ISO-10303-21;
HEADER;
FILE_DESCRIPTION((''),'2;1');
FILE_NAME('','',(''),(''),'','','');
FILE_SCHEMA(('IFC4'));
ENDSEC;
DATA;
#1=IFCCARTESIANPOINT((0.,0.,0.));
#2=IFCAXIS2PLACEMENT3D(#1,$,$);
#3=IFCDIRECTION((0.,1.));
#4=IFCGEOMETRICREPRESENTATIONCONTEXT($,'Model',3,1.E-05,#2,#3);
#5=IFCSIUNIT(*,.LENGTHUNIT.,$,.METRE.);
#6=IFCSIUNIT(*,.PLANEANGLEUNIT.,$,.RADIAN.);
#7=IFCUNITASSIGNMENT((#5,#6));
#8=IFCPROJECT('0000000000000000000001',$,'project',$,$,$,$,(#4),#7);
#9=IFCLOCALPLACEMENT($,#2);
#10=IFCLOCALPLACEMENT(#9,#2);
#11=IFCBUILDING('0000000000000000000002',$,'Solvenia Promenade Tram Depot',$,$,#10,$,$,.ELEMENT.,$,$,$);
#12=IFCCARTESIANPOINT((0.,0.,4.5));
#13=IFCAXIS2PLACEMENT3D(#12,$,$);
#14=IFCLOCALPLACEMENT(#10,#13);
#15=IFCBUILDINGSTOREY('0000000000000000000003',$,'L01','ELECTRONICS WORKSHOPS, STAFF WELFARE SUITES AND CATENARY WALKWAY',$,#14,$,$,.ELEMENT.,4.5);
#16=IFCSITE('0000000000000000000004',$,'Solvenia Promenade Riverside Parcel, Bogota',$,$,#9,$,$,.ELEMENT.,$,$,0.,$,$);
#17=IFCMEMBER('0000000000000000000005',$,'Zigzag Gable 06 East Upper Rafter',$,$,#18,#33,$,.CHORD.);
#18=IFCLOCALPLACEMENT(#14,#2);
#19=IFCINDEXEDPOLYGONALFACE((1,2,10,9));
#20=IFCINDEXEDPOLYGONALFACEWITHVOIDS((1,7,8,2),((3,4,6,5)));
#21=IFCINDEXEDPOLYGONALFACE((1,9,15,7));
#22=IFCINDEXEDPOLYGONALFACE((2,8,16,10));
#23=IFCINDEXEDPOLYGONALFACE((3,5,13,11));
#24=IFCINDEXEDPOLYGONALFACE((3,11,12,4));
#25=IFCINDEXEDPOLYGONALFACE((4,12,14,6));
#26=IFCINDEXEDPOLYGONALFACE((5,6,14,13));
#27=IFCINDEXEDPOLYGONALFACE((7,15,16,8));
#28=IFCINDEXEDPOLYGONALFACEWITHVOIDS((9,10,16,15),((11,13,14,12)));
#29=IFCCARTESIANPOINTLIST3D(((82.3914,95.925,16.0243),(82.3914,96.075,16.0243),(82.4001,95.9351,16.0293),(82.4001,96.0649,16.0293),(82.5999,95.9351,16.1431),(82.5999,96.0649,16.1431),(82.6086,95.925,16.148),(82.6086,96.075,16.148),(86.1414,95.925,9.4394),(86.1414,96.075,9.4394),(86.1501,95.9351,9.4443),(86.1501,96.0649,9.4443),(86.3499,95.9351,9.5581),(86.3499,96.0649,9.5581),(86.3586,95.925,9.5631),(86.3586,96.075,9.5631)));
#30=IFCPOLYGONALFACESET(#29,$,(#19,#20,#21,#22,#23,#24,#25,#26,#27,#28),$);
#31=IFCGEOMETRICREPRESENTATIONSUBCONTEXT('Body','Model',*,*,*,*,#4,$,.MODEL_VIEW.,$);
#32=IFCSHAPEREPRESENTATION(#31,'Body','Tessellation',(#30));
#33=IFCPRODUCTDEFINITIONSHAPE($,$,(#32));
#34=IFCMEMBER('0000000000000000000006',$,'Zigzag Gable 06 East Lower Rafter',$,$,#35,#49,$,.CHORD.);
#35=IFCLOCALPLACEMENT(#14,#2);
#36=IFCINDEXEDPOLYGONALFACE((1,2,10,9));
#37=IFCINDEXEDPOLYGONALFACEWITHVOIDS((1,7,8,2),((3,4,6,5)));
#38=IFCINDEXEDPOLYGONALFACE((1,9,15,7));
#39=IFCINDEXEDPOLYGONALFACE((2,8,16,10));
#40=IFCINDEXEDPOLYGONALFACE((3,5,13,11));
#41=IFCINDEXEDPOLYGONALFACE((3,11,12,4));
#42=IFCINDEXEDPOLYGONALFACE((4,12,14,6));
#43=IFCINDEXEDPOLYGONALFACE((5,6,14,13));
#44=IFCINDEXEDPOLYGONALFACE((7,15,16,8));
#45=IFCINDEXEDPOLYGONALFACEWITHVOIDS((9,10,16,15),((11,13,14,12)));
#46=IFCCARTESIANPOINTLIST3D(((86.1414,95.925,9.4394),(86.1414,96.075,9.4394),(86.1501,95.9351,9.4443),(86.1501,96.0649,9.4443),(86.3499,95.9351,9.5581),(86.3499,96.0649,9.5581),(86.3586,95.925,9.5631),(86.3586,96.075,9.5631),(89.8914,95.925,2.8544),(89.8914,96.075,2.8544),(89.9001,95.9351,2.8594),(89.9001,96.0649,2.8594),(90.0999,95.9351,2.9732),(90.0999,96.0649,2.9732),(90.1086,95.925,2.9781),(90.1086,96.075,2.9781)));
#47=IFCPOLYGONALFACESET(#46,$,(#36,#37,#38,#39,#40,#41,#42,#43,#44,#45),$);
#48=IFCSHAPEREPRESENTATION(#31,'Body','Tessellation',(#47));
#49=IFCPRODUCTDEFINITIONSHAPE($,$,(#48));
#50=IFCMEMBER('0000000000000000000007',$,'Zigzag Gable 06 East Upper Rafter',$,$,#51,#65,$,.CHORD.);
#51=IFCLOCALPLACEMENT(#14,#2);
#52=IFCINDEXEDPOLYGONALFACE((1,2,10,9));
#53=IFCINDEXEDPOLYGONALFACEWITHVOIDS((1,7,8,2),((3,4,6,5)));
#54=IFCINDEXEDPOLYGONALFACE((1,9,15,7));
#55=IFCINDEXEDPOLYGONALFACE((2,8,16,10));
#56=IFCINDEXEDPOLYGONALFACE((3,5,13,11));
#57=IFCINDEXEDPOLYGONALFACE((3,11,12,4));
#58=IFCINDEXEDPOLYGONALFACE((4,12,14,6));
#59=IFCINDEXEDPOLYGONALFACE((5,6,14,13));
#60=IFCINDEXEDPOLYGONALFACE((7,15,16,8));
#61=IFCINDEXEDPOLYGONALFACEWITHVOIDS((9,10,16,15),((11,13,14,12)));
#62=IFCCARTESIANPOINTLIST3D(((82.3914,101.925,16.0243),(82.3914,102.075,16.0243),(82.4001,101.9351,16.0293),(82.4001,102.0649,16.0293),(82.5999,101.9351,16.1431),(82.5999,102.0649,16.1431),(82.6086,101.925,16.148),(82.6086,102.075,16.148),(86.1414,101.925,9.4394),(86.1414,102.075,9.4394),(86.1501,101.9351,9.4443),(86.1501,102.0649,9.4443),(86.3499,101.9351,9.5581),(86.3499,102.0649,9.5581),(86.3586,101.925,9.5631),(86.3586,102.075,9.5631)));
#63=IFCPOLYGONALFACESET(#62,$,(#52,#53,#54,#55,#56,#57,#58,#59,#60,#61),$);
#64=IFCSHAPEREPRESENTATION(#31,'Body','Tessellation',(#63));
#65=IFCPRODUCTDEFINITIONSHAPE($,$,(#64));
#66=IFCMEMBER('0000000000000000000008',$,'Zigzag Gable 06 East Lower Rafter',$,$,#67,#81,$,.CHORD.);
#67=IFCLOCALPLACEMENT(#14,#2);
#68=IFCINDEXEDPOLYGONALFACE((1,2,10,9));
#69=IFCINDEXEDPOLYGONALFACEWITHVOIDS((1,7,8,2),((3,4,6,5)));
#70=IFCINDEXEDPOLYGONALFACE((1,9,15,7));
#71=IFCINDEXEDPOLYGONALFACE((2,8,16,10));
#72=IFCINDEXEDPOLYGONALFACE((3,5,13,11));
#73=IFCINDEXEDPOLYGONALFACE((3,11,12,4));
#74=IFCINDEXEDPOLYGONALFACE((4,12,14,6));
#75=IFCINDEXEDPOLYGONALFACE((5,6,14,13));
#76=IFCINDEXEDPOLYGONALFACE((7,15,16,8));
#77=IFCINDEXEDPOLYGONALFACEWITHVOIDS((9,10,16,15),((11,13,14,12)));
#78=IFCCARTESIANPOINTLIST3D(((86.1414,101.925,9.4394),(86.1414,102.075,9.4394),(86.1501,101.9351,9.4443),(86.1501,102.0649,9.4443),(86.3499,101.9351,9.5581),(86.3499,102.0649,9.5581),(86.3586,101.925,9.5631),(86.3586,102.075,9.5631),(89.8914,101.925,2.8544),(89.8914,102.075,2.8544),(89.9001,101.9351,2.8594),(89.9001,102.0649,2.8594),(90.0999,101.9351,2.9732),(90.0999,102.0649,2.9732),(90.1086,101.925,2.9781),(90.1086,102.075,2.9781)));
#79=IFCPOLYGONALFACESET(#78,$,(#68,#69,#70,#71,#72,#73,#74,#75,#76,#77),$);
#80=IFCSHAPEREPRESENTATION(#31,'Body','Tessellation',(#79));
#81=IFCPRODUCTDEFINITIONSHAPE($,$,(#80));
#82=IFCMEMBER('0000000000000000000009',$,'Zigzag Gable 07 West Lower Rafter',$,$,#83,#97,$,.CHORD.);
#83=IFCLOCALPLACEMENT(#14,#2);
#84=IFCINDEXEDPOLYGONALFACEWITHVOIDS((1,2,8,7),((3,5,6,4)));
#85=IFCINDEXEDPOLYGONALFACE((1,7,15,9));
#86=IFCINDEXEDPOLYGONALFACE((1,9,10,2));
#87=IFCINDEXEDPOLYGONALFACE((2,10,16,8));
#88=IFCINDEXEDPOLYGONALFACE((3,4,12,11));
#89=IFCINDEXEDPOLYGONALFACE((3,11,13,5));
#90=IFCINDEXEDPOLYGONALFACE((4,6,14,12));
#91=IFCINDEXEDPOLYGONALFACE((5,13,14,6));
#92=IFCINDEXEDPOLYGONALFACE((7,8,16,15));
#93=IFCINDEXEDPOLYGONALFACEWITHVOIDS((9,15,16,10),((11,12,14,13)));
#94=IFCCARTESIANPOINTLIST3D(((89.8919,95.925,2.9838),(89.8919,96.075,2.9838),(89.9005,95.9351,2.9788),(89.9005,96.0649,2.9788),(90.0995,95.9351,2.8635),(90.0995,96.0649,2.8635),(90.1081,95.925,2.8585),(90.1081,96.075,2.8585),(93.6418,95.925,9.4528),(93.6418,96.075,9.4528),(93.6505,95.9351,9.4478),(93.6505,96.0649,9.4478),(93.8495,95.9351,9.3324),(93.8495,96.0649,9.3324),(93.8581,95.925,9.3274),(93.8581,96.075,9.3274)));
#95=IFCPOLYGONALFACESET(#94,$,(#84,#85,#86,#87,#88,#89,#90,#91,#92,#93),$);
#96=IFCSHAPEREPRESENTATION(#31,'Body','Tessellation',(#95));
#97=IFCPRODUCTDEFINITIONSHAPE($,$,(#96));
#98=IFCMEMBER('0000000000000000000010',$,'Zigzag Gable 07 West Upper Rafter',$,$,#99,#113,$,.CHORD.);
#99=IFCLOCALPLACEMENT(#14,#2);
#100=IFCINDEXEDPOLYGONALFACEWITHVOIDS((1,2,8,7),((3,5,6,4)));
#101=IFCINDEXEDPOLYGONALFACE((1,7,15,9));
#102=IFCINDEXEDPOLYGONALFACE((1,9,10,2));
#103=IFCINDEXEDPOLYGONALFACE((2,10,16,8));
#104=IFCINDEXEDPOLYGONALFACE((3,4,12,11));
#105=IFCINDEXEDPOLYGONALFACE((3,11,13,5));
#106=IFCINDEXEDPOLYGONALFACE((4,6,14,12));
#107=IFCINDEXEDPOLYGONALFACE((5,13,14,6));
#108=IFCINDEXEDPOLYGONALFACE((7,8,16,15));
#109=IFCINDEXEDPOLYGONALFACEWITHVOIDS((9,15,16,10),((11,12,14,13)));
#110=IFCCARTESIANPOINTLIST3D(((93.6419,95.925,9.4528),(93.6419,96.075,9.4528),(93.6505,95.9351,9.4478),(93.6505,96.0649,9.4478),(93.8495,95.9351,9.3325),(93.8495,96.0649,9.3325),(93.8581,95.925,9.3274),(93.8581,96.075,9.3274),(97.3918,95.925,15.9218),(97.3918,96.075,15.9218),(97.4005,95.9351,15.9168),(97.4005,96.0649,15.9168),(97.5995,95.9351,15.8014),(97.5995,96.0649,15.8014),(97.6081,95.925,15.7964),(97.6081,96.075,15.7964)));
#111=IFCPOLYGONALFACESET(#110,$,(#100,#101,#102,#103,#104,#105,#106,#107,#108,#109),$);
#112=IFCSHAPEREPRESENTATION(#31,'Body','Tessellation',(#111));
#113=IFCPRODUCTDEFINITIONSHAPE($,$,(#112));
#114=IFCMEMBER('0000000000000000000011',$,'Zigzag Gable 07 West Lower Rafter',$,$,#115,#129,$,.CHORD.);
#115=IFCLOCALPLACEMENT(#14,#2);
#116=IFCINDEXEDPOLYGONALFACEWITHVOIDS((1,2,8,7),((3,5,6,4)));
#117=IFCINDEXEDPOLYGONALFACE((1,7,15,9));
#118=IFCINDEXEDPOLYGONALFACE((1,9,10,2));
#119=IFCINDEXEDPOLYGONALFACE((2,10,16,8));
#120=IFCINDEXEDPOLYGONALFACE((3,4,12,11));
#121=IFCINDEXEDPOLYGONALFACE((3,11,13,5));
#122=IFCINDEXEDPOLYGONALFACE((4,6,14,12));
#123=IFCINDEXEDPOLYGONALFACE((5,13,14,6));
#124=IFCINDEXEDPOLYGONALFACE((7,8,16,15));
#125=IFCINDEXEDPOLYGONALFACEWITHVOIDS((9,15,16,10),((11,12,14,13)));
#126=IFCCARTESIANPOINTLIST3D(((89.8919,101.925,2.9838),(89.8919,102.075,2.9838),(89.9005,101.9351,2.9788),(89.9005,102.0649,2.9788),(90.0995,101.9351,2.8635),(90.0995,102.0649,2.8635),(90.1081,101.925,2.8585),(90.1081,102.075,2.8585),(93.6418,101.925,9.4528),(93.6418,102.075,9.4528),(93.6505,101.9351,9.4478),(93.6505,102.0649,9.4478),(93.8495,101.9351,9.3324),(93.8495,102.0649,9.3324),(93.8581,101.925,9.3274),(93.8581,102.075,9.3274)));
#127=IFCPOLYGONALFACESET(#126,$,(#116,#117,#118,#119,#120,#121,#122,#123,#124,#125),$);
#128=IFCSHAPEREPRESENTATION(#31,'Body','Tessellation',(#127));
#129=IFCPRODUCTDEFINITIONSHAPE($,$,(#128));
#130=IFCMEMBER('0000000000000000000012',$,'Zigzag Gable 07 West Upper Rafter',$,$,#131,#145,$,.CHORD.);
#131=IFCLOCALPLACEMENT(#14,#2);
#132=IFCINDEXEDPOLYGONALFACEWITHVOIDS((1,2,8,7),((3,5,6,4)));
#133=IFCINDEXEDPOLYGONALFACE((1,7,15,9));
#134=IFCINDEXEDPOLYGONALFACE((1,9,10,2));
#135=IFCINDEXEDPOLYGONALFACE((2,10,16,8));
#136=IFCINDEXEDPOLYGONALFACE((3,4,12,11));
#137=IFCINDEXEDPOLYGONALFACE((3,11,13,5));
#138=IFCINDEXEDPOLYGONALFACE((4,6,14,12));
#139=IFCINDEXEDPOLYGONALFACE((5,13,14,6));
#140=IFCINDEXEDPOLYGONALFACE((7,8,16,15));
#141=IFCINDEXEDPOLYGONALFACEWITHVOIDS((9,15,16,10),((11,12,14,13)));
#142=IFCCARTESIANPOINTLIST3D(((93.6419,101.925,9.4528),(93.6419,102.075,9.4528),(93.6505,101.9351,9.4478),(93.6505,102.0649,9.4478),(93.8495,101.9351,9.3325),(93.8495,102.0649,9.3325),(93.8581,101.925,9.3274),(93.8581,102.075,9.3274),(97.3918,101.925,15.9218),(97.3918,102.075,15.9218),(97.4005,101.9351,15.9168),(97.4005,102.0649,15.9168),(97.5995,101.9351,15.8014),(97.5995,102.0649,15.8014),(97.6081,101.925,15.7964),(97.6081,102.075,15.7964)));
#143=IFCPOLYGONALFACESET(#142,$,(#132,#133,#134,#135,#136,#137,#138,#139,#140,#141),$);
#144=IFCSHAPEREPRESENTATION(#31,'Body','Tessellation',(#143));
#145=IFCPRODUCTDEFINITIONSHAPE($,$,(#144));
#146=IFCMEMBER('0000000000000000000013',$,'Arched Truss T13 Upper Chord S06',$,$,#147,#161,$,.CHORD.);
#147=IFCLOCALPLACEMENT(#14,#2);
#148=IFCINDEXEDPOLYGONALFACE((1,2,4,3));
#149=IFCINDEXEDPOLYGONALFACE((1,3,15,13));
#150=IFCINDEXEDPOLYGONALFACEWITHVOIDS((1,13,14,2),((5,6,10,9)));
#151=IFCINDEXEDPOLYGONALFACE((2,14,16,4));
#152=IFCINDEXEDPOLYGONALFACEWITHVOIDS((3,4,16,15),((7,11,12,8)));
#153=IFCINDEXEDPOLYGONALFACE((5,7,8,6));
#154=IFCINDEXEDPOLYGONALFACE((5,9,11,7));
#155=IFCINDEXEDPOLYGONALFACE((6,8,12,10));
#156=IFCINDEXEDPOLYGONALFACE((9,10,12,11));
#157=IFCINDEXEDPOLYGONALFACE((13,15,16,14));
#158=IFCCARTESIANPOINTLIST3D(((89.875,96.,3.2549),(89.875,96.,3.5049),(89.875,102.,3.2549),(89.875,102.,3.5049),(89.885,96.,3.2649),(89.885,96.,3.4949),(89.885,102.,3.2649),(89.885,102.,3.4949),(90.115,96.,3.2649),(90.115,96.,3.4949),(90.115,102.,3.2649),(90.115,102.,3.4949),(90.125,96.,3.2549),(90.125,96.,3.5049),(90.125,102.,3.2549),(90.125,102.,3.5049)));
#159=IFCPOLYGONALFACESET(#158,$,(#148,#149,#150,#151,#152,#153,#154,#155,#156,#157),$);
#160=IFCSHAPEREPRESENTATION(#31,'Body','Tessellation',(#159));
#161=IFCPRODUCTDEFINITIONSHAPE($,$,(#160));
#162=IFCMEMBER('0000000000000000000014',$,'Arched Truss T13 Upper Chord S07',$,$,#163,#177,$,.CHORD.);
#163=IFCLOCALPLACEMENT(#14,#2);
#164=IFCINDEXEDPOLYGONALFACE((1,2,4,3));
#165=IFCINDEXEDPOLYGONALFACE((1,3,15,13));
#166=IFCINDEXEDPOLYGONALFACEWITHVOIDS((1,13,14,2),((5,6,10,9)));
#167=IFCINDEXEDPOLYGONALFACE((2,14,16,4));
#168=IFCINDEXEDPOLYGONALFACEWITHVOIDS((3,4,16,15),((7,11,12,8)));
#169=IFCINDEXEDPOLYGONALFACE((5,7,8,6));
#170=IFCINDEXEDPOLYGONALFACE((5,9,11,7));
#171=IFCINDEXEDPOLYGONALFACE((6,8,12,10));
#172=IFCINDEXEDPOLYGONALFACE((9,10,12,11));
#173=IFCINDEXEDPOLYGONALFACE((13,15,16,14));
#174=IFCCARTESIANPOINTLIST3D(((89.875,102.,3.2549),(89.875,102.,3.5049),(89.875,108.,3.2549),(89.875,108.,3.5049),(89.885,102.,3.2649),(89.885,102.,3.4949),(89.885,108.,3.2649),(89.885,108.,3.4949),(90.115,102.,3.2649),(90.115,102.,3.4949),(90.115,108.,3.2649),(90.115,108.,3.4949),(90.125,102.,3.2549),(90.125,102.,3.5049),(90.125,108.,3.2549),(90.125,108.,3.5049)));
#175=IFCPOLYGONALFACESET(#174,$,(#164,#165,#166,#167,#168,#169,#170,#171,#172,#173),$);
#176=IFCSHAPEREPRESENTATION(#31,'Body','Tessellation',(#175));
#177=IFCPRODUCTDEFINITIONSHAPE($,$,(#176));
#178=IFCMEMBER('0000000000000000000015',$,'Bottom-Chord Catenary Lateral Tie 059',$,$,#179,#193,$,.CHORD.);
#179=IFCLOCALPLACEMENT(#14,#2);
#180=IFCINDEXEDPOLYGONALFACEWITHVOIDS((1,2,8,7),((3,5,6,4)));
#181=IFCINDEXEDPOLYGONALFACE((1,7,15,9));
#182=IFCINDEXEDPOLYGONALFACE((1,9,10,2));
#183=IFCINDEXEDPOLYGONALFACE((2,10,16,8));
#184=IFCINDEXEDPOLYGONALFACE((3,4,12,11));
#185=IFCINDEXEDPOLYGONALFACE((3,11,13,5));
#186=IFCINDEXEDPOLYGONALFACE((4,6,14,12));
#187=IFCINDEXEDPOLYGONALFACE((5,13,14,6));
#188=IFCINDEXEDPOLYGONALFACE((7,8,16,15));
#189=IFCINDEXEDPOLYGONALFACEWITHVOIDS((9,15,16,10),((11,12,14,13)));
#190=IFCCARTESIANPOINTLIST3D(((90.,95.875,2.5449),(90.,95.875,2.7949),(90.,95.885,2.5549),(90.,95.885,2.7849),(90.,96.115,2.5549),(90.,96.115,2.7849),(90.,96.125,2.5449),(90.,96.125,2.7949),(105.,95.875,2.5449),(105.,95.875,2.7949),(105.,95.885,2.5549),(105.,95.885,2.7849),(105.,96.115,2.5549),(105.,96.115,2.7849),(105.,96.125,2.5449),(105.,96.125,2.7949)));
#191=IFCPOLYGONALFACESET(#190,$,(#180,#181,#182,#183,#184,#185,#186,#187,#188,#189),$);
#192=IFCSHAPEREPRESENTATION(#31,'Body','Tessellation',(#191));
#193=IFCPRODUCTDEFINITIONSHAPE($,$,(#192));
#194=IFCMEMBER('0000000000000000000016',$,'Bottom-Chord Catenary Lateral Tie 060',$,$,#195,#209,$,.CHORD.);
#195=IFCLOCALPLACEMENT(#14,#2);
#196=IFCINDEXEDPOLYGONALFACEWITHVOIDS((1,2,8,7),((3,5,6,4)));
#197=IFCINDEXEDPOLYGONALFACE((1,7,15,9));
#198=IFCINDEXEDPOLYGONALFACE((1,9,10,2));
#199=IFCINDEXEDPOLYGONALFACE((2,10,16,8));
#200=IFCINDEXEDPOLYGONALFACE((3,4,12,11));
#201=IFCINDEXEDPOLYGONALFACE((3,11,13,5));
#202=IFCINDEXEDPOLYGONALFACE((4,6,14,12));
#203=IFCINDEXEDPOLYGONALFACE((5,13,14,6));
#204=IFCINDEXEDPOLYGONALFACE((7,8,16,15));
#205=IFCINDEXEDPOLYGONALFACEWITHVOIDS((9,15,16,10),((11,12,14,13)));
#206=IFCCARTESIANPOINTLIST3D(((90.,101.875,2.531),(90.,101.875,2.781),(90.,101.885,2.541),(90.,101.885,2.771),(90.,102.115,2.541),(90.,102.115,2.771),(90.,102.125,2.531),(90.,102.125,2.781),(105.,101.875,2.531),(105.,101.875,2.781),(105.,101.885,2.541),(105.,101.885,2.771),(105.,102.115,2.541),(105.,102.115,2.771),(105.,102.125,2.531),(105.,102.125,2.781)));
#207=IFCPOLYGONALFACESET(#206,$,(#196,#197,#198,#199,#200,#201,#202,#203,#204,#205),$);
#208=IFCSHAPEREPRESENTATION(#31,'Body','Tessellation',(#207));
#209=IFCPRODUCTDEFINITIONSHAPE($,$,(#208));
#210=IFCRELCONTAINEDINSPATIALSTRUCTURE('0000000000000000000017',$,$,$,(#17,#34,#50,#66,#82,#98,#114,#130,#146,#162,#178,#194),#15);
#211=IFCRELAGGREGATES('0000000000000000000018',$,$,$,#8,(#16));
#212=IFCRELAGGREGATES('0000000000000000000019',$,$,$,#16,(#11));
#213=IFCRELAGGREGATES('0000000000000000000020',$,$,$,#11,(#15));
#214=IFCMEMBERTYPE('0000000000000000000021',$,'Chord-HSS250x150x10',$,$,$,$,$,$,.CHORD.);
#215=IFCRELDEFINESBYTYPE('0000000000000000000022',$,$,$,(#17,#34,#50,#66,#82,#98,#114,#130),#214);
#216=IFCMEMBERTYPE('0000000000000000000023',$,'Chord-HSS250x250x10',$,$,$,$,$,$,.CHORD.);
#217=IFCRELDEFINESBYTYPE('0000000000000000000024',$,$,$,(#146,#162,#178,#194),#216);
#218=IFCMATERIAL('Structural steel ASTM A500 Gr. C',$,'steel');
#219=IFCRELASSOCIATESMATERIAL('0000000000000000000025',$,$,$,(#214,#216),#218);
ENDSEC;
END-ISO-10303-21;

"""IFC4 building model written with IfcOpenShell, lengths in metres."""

from ifc_helpers import new_model, si_unit, direction, frame, origin, origin_2d, place, context, subcontext, project, spatial, hollow_rectangle, extrude, material, material_profile, profile_set, type_object, element, save


model = new_model("IFC4")

# Units and contexts
model_context = context("Model", 3, precision=1e-05, world=origin(), true_north=direction((0.0, 1.0)))
body_context = subcontext(model_context, "Body", "Model", "MODEL_VIEW")
ifc_project = project(units=[si_unit("LENGTHUNIT", "METRE"), si_unit("PLANEANGLEUNIT", "RADIAN")], contexts=[model_context])

# Site, building, storey
site_placement = place(None, origin())
site = spatial("IfcSite", under=ifc_project, at=site_placement, Name="Solvenia Promenade Riverside Parcel, Bogota", CompositionType="ELEMENT", RefElevation=0.0)
building_placement = place(site_placement, origin())
building = spatial("IfcBuilding", under=site, at=building_placement, Name="Solvenia Promenade Tram Depot", CompositionType="ELEMENT")
storey_placement = place(building_placement, frame((0.0, 0.0, 4.5)))
storey = spatial("IfcBuildingStorey", under=building, at=storey_placement, Name="L01", Description="ELECTRONICS WORKSHOPS, STAFF WELFARE SUITES AND CATENARY WALKWAY", CompositionType="ELEMENT", Elevation=4.5)

# Members
ifc_material_1 = material(Name="Structural steel ASTM A500 Gr. C", Category="steel")
ifc_material_profile_1 = material_profile(ifc_material_1, hollow_rectangle(XDim=0.1499, YDim=0.25, WallThickness=0.01, at=origin_2d()), Name="HSS250x150x10", Category="steel")
ifc_profile_set_1 = profile_set([ifc_material_profile_1], Name="Structural steel ASTM A500 Gr. C")
member_type_1 = type_object("IfcMemberType", Name="Chord-HSS250x150x10", PredefinedType="CHORD", material=ifc_profile_set_1)
for number, where, z_axis, x_axis, name in (
    (1, (82.5, 96.0, 16.0862), (0.494862, 0.0, -0.868972), (0.0, 1.0, 0.0), "Zigzag Gable 06 East Upper Rafter"),
    (2, (86.25, 96.0, 9.5012), (0.494862, 0.0, -0.868972), (0.0, 1.0, 0.0), "Zigzag Gable 06 East Lower Rafter"),
    (3, (82.5, 102.0, 16.0862), (0.494862, 0.0, -0.868972), (0.0, 1.0, 0.0), "Zigzag Gable 06 East Upper Rafter"),
    (4, (86.25, 102.0, 9.5012), (0.494862, 0.0, -0.868972), (0.0, 1.0, 0.0), "Zigzag Gable 06 East Lower Rafter"),
):
    element("IfcMember", number, at=place(storey_placement, frame(where, z_axis=z_axis, x_axis=x_axis)), inside=storey, type_object=member_type_1, Name=name, PredefinedType="CHORD", context=body_context, shape_type="SweptSolid", body=[
        extrude(hollow_rectangle(XDim=0.1499, YDim=0.25, WallThickness=0.01, at=origin_2d()), origin(), (0.0, 0.0, 1.0), 7.5779),
    ])
for number, where, z_axis, x_axis, name in (
    (5, (90.0, 96.0, 2.9211), (0.501516, 0.0, 0.865148), (0.0, 1.0, 0.0), "Zigzag Gable 07 West Lower Rafter"),
    (6, (93.75, 96.0, 9.3901), (0.501516, 0.0, 0.865148), (0.0, 1.0, 0.0), "Zigzag Gable 07 West Upper Rafter"),
    (7, (90.0, 102.0, 2.9211), (0.501516, 0.0, 0.865148), (0.0, 1.0, 0.0), "Zigzag Gable 07 West Lower Rafter"),
    (8, (93.75, 102.0, 9.3901), (0.501516, 0.0, 0.865148), (0.0, 1.0, 0.0), "Zigzag Gable 07 West Upper Rafter"),
):
    element("IfcMember", number, at=place(storey_placement, frame(where, z_axis=z_axis, x_axis=x_axis)), inside=storey, type_object=member_type_1, Name=name, PredefinedType="CHORD", context=body_context, shape_type="SweptSolid", body=[
        extrude(hollow_rectangle(XDim=0.1499, YDim=0.25, WallThickness=0.01, at=origin_2d()), origin(), (0.0, 0.0, 1.0), 7.4773),
    ])
ifc_material_profile_2 = material_profile(ifc_material_1, hollow_rectangle(XDim=0.25, YDim=0.25, WallThickness=0.01, at=origin_2d()), Name="HSS250x250x10", Category="steel")
ifc_profile_set_2 = profile_set([ifc_material_profile_2], Name="Structural steel ASTM A500 Gr. C")
member_type_2 = type_object("IfcMemberType", Name="Chord-HSS250x250x10", PredefinedType="CHORD", material=ifc_profile_set_2)
for number, where, z_axis, x_axis, name in (
    (9, (90.0, 96.0, 3.3799), (0.0, 1.0, 0.0), (-1.0, 0.0, 0.0), "Arched Truss T13 Upper Chord S06"),
    (10, (90.0, 102.0, 3.3799), (0.0, 1.0, 0.0), (-1.0, 0.0, 0.0), "Arched Truss T13 Upper Chord S07"),
):
    element("IfcMember", number, at=place(storey_placement, frame(where, z_axis=z_axis, x_axis=x_axis)), inside=storey, type_object=member_type_2, Name=name, PredefinedType="CHORD", context=body_context, shape_type="SweptSolid", body=[
        extrude(hollow_rectangle(XDim=0.25, YDim=0.25, WallThickness=0.01, at=origin_2d()), origin(), (0.0, 0.0, 1.0), 6.0),
    ])
for number, where, z_axis, x_axis, name in (
    (11, (90.0, 96.0, 2.6699), (1.0, 0.0, 0.0), (0.0, 1.0, 0.0), "Bottom-Chord Catenary Lateral Tie 059"),
    (12, (90.0, 102.0, 2.656), (1.0, 0.0, 0.0), (0.0, 1.0, 0.0), "Bottom-Chord Catenary Lateral Tie 060"),
):
    element("IfcMember", number, at=place(storey_placement, frame(where, z_axis=z_axis, x_axis=x_axis)), inside=storey, type_object=member_type_2, Name=name, PredefinedType="CHORD", context=body_context, shape_type="SweptSolid", body=[
        extrude(hollow_rectangle(XDim=0.25, YDim=0.25, WallThickness=0.01, at=origin_2d()), origin(), (0.0, 0.0, 1.0), 15.0),
    ])

save(model, "model.ifc")
